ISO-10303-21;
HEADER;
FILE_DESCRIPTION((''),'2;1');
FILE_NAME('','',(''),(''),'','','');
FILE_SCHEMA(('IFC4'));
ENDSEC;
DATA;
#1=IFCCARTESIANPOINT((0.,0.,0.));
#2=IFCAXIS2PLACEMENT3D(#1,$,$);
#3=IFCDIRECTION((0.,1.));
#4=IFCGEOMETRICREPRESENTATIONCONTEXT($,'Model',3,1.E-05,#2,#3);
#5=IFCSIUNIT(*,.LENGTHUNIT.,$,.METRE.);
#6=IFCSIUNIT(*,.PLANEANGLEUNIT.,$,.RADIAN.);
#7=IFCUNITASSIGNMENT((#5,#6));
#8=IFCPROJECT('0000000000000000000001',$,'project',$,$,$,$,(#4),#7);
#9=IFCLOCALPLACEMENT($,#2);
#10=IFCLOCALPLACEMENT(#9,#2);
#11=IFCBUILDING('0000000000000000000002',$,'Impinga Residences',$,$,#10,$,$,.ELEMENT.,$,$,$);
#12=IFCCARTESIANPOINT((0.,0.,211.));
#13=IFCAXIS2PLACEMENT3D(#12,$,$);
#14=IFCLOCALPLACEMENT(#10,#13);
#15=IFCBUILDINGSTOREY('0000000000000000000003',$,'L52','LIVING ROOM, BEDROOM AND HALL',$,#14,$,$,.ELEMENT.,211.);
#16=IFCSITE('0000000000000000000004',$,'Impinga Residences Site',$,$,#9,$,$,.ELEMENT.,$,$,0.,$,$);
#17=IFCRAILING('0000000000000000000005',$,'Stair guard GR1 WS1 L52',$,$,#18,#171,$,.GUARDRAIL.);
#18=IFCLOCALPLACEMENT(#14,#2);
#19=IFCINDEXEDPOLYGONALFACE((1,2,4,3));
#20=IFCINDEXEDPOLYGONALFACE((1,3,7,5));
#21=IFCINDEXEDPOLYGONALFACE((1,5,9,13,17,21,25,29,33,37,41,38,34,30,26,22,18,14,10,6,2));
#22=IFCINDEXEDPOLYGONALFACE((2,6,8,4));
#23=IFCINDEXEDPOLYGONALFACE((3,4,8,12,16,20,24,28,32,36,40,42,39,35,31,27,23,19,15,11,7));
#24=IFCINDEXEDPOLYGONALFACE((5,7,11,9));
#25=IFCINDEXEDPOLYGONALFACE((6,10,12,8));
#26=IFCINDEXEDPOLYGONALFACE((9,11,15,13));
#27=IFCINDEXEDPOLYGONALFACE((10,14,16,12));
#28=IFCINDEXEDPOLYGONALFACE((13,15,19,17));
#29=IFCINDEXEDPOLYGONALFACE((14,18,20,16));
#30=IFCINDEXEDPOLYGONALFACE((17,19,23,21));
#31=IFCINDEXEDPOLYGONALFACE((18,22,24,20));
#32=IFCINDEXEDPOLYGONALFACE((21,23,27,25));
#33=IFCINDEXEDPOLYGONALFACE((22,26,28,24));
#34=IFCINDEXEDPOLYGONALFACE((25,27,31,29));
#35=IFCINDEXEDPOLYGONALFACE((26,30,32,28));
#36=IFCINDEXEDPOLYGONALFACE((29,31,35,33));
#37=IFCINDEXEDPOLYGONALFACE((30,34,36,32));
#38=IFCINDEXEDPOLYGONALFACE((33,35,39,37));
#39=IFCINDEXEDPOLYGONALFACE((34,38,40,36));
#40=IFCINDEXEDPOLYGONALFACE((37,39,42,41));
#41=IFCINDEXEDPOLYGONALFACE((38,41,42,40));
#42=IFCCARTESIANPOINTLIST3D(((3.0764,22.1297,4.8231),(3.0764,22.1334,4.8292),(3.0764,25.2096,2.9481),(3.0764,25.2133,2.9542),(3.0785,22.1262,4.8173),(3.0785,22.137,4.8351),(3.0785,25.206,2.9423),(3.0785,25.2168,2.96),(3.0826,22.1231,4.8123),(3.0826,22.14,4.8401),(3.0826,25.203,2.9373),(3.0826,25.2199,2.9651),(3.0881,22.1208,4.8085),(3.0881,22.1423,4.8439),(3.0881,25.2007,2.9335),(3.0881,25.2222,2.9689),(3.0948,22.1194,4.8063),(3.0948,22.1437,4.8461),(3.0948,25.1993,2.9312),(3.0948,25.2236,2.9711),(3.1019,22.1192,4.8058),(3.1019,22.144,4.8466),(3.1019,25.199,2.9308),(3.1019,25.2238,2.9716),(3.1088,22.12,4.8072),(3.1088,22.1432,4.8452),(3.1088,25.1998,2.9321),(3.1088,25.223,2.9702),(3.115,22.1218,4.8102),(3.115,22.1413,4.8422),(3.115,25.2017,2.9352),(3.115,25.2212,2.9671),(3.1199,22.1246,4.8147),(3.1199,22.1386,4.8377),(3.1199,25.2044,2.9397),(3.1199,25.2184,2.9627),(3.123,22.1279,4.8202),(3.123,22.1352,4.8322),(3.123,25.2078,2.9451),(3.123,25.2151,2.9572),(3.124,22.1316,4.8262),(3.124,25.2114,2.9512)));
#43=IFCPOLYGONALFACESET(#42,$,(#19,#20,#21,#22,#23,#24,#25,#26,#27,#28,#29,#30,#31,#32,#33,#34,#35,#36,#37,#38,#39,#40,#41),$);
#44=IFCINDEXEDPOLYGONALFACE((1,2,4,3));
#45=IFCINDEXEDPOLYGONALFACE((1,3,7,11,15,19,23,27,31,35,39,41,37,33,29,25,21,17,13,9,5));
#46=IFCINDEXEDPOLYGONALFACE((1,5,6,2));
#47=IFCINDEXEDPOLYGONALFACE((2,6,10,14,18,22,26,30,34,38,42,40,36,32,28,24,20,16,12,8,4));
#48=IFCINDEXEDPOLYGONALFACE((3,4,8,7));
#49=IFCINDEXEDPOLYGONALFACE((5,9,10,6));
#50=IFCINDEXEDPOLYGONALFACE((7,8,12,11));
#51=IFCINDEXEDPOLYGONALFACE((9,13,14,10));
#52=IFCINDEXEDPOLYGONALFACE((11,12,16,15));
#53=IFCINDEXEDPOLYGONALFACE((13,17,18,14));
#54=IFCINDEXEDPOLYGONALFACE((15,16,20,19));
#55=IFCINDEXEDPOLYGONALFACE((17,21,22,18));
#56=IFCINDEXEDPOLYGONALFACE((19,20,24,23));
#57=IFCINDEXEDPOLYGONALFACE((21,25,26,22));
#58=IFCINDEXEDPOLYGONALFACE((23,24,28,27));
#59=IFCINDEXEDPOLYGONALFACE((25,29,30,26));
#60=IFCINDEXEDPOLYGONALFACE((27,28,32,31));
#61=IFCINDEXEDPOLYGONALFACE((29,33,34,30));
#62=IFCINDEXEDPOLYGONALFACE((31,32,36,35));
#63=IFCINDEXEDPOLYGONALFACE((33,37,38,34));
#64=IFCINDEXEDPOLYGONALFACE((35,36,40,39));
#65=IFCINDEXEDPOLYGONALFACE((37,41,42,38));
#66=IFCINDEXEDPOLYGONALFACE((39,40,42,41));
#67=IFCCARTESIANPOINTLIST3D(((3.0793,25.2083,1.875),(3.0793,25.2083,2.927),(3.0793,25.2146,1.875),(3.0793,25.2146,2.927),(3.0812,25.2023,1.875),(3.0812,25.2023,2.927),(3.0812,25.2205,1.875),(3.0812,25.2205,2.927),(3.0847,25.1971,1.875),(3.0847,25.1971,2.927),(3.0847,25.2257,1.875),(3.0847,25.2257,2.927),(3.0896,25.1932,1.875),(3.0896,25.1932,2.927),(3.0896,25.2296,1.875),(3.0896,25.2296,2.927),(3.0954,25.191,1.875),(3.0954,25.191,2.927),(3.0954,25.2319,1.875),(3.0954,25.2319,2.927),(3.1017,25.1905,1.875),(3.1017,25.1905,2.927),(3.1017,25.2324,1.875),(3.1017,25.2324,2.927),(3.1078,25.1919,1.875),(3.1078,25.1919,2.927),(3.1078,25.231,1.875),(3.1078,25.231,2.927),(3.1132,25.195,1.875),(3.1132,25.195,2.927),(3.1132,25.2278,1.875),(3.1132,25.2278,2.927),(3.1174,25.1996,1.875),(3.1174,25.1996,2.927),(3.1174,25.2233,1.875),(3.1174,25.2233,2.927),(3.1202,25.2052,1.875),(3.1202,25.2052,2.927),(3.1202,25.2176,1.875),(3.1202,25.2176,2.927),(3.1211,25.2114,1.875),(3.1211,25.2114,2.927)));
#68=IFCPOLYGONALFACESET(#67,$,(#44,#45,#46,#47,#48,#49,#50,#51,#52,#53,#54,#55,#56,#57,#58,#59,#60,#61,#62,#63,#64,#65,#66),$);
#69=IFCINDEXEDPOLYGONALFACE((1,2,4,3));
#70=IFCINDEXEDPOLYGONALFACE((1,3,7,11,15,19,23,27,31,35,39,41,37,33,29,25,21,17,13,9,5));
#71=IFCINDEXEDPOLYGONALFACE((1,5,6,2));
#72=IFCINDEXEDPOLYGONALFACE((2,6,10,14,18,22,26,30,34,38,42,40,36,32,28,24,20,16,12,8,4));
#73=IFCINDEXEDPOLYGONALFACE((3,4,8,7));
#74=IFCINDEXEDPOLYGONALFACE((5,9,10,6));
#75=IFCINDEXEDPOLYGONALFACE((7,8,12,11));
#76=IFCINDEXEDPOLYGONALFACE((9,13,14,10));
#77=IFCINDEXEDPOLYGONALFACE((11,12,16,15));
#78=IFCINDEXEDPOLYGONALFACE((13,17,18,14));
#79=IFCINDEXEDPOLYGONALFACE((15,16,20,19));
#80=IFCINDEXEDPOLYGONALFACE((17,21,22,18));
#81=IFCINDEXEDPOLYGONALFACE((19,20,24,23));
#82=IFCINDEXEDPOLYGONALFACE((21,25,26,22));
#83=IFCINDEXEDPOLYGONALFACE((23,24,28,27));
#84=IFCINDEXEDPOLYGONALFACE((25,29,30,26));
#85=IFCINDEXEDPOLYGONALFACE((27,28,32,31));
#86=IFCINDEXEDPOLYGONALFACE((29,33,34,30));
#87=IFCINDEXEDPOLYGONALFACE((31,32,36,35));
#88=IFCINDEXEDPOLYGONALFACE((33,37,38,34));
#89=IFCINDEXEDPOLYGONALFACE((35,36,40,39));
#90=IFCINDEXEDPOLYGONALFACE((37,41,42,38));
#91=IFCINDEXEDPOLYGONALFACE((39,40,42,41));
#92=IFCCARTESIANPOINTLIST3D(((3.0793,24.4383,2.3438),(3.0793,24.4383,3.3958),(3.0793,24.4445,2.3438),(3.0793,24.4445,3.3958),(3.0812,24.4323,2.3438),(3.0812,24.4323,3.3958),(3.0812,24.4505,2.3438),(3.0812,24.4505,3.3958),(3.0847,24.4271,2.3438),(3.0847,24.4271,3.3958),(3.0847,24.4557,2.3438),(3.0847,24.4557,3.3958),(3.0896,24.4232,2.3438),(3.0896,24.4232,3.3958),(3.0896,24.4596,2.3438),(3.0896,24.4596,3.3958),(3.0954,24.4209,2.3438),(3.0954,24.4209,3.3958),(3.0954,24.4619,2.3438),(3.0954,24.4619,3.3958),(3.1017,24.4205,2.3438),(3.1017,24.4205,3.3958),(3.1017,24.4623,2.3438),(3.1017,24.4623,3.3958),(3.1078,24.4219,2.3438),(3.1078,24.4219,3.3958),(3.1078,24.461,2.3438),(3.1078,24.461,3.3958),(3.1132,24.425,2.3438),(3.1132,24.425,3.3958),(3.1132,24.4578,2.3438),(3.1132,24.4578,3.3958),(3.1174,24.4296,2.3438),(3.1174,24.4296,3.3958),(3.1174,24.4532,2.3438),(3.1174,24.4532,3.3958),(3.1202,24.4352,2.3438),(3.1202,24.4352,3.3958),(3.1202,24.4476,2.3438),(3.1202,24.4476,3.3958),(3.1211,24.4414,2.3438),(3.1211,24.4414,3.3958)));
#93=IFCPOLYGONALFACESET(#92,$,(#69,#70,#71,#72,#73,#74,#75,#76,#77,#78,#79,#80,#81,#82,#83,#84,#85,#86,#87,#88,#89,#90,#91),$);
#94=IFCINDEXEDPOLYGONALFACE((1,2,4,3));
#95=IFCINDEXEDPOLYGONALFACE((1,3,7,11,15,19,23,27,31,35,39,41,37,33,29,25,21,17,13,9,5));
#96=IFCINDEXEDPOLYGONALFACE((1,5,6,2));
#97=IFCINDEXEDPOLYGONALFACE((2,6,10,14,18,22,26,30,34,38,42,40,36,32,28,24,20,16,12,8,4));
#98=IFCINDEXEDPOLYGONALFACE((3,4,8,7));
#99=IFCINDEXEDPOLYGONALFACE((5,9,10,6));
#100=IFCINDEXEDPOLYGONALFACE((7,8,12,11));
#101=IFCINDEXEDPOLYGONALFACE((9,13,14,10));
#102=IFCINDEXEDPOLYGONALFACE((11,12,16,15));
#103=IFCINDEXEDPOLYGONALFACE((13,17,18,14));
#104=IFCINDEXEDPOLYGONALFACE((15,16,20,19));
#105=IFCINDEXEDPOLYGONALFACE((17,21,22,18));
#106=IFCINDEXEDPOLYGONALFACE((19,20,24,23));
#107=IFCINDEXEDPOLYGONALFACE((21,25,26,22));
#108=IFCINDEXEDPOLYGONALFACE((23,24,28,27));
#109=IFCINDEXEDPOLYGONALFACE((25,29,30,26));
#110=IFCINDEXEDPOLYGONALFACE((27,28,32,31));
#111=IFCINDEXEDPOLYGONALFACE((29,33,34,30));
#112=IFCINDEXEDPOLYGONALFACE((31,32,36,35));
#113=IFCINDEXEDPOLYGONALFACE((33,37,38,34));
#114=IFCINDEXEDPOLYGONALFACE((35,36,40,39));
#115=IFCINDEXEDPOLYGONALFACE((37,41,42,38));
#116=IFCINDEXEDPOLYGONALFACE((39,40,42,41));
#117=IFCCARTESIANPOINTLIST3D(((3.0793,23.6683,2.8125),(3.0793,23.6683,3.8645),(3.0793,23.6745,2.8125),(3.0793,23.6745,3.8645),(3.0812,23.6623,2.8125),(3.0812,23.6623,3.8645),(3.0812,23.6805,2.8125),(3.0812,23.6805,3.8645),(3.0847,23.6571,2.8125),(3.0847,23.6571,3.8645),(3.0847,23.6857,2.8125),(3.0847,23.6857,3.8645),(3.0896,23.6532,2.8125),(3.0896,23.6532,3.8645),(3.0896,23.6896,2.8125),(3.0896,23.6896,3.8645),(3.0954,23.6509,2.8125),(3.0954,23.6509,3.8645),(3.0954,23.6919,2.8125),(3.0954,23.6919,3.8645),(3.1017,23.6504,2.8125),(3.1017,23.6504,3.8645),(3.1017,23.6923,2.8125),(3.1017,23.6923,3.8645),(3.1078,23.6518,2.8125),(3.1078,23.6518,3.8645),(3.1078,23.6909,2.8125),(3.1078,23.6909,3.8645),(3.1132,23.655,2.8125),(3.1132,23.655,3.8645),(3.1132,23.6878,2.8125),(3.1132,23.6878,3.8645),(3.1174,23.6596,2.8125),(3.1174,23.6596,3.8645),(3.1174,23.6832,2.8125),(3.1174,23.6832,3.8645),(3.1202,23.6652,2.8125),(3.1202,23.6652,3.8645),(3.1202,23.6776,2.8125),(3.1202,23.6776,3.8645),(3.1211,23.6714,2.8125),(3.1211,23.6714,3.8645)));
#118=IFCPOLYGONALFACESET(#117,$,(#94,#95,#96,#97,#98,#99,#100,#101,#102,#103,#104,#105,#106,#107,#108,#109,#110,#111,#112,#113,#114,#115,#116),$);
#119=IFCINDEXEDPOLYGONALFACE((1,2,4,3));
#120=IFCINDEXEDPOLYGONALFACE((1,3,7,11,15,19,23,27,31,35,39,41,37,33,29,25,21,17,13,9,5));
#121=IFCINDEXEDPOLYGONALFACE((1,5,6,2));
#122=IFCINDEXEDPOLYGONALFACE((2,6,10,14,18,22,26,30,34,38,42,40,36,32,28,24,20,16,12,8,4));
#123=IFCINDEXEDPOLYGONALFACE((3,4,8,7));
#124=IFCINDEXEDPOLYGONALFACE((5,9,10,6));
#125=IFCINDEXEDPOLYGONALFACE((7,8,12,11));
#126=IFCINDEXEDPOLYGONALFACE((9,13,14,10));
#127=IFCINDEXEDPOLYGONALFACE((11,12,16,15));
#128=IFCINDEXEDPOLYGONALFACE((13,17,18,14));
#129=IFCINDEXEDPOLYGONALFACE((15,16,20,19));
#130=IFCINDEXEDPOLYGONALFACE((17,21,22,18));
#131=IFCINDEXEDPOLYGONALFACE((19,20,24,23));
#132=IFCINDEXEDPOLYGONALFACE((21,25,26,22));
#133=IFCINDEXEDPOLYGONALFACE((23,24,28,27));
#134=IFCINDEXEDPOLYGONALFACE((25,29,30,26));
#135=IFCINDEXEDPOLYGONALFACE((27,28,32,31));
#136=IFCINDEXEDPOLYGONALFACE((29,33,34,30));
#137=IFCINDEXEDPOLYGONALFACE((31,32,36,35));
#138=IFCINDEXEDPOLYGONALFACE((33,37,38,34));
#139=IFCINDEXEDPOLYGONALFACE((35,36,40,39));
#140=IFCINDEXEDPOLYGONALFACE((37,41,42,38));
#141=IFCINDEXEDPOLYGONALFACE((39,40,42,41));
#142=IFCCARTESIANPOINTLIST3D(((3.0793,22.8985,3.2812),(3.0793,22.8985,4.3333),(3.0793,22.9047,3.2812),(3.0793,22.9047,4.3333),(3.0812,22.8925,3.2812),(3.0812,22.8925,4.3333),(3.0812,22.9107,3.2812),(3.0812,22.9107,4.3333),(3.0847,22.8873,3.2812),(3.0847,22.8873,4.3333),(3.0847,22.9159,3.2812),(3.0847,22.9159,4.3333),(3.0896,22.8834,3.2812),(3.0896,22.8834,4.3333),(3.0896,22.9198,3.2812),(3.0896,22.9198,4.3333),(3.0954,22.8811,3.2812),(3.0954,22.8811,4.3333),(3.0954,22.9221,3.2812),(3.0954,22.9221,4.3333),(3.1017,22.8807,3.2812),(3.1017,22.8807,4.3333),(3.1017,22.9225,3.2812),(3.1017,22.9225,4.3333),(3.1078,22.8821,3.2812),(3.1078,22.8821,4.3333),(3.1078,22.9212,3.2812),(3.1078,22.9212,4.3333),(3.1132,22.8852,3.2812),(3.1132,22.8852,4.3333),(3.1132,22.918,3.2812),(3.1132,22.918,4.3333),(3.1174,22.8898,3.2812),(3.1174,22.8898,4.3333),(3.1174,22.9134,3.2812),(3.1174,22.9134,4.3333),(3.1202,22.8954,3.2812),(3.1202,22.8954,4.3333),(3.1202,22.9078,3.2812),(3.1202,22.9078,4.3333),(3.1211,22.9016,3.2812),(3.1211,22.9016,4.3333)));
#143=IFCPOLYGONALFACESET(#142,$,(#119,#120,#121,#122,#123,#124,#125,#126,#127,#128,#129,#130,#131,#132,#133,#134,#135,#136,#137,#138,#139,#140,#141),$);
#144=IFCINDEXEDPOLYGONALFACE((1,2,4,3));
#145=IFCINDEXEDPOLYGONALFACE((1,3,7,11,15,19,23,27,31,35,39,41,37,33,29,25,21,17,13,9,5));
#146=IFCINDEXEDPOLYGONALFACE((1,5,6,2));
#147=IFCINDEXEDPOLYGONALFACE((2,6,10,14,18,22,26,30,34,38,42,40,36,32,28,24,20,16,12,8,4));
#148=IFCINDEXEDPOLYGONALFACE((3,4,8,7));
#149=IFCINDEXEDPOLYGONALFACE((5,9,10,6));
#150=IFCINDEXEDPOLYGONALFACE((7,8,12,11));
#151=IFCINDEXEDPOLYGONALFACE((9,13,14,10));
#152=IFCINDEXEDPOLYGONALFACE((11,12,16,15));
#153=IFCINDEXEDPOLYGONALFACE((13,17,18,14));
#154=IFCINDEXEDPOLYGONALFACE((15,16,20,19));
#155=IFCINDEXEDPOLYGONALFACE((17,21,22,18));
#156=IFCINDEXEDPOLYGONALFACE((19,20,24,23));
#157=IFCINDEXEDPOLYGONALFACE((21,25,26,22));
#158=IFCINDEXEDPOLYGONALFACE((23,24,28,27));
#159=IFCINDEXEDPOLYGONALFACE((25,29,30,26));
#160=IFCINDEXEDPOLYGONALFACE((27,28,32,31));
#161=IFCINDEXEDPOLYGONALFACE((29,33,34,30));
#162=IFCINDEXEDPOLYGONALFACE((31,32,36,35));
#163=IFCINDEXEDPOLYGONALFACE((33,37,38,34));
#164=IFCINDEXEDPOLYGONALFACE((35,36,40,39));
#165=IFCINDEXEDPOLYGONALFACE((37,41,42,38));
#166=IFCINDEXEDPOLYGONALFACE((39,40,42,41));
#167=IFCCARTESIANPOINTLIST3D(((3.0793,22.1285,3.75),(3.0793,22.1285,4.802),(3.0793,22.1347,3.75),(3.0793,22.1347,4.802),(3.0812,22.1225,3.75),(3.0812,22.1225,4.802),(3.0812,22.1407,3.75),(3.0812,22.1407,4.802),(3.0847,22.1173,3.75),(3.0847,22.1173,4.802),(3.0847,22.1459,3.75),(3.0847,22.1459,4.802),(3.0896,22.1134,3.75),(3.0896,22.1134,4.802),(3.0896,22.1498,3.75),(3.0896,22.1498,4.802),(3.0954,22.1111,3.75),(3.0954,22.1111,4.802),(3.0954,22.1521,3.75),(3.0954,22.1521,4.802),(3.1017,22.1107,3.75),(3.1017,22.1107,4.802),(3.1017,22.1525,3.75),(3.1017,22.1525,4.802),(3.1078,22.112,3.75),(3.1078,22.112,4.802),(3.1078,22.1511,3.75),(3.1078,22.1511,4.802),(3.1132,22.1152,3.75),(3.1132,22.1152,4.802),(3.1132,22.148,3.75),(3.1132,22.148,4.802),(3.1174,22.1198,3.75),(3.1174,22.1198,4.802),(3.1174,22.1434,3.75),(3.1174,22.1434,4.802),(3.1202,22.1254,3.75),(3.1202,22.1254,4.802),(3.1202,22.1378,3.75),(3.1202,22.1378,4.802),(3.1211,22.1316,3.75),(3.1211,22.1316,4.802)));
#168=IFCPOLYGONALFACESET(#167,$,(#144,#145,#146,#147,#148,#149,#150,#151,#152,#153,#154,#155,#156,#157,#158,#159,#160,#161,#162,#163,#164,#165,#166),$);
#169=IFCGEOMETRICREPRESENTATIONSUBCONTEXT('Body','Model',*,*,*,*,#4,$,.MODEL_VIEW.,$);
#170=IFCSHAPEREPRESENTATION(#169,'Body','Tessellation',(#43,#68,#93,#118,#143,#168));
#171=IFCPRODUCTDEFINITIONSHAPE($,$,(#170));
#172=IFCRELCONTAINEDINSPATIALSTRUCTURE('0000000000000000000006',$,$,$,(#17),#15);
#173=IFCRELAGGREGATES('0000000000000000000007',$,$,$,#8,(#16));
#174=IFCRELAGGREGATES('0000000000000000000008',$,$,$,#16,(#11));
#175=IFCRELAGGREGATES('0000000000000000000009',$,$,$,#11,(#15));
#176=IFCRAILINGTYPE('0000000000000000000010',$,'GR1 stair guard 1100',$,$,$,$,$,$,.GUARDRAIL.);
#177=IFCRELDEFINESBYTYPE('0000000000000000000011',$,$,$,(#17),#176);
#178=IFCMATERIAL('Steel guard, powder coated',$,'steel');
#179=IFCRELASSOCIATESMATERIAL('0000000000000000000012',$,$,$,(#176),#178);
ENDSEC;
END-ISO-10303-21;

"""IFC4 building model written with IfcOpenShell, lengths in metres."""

from ifc_helpers import new_model, si_unit, direction, frame, origin, origin_2d, place, context, subcontext, project, spatial, circle, extrude, material, type_object, element, save


model = new_model("IFC4")

# Units and contexts
model_context = context("Model", 3, precision=1e-05, world=origin(), true_north=direction((0.0, 1.0)))
body_context = subcontext(model_context, "Body", "Model", "MODEL_VIEW")
ifc_project = project(units=[si_unit("LENGTHUNIT", "METRE"), si_unit("PLANEANGLEUNIT", "RADIAN")], contexts=[model_context])

# Site, building, storey
site_placement = place(None, origin())
site = spatial("IfcSite", under=ifc_project, at=site_placement, Name="Impinga Residences Site", CompositionType="ELEMENT", RefElevation=0.0)
building_placement = place(site_placement, origin())
building = spatial("IfcBuilding", under=site, at=building_placement, Name="Impinga Residences", CompositionType="ELEMENT")
storey_placement = place(building_placement, frame((0.0, 0.0, 211.0)))
storey = spatial("IfcBuildingStorey", under=building, at=storey_placement, Name="L52", Description="LIVING ROOM, BEDROOM AND HALL", CompositionType="ELEMENT", Elevation=211.0)

# Railing
ifc_material_1 = material(Name="Steel guard, powder coated", Category="steel")
railing_type_1 = type_object("IfcRailingType", Name="GR1 stair guard 1100", PredefinedType="GUARDRAIL", material=ifc_material_1)
railing_1_placement = place(storey_placement, frame((3.1001, 25.2114, 1.875)))
element("IfcRailing", 1, at=railing_1_placement, inside=storey, type_object=railing_type_1, Name="Stair guard GR1 WS1 L52", PredefinedType="GUARDRAIL", context=body_context, shape_type="SweptSolid", body=[
    extrude(circle(Radius=0.0239, at=origin_2d()), frame((0.0, 0.0, 1.0762), z_axis=(0.0, -0.854159, 0.520011), x_axis=(1.0, 0.0, 0.0)), (0.0, 0.0, 1.0), 3.6057),
    extrude(circle(Radius=0.021, at=origin_2d()), origin(), (0.0, 0.0, 1.0), 1.052),
    extrude(circle(Radius=0.021, at=origin_2d()), frame((0.0, -0.77, 0.4688)), (0.0, 0.0, 1.0), 1.052),
    extrude(circle(Radius=0.021, at=origin_2d()), frame((0.0, -1.54, 0.9375)), (0.0, 0.0, 1.0), 1.052),
    extrude(circle(Radius=0.021, at=origin_2d()), frame((0.0, -2.3098, 1.4062)), (0.0, 0.0, 1.0), 1.052),
    extrude(circle(Radius=0.021, at=origin_2d()), frame((0.0, -3.0798, 1.875)), (0.0, 0.0, 1.0), 1.052),
])

save(model, "model.ifc")
